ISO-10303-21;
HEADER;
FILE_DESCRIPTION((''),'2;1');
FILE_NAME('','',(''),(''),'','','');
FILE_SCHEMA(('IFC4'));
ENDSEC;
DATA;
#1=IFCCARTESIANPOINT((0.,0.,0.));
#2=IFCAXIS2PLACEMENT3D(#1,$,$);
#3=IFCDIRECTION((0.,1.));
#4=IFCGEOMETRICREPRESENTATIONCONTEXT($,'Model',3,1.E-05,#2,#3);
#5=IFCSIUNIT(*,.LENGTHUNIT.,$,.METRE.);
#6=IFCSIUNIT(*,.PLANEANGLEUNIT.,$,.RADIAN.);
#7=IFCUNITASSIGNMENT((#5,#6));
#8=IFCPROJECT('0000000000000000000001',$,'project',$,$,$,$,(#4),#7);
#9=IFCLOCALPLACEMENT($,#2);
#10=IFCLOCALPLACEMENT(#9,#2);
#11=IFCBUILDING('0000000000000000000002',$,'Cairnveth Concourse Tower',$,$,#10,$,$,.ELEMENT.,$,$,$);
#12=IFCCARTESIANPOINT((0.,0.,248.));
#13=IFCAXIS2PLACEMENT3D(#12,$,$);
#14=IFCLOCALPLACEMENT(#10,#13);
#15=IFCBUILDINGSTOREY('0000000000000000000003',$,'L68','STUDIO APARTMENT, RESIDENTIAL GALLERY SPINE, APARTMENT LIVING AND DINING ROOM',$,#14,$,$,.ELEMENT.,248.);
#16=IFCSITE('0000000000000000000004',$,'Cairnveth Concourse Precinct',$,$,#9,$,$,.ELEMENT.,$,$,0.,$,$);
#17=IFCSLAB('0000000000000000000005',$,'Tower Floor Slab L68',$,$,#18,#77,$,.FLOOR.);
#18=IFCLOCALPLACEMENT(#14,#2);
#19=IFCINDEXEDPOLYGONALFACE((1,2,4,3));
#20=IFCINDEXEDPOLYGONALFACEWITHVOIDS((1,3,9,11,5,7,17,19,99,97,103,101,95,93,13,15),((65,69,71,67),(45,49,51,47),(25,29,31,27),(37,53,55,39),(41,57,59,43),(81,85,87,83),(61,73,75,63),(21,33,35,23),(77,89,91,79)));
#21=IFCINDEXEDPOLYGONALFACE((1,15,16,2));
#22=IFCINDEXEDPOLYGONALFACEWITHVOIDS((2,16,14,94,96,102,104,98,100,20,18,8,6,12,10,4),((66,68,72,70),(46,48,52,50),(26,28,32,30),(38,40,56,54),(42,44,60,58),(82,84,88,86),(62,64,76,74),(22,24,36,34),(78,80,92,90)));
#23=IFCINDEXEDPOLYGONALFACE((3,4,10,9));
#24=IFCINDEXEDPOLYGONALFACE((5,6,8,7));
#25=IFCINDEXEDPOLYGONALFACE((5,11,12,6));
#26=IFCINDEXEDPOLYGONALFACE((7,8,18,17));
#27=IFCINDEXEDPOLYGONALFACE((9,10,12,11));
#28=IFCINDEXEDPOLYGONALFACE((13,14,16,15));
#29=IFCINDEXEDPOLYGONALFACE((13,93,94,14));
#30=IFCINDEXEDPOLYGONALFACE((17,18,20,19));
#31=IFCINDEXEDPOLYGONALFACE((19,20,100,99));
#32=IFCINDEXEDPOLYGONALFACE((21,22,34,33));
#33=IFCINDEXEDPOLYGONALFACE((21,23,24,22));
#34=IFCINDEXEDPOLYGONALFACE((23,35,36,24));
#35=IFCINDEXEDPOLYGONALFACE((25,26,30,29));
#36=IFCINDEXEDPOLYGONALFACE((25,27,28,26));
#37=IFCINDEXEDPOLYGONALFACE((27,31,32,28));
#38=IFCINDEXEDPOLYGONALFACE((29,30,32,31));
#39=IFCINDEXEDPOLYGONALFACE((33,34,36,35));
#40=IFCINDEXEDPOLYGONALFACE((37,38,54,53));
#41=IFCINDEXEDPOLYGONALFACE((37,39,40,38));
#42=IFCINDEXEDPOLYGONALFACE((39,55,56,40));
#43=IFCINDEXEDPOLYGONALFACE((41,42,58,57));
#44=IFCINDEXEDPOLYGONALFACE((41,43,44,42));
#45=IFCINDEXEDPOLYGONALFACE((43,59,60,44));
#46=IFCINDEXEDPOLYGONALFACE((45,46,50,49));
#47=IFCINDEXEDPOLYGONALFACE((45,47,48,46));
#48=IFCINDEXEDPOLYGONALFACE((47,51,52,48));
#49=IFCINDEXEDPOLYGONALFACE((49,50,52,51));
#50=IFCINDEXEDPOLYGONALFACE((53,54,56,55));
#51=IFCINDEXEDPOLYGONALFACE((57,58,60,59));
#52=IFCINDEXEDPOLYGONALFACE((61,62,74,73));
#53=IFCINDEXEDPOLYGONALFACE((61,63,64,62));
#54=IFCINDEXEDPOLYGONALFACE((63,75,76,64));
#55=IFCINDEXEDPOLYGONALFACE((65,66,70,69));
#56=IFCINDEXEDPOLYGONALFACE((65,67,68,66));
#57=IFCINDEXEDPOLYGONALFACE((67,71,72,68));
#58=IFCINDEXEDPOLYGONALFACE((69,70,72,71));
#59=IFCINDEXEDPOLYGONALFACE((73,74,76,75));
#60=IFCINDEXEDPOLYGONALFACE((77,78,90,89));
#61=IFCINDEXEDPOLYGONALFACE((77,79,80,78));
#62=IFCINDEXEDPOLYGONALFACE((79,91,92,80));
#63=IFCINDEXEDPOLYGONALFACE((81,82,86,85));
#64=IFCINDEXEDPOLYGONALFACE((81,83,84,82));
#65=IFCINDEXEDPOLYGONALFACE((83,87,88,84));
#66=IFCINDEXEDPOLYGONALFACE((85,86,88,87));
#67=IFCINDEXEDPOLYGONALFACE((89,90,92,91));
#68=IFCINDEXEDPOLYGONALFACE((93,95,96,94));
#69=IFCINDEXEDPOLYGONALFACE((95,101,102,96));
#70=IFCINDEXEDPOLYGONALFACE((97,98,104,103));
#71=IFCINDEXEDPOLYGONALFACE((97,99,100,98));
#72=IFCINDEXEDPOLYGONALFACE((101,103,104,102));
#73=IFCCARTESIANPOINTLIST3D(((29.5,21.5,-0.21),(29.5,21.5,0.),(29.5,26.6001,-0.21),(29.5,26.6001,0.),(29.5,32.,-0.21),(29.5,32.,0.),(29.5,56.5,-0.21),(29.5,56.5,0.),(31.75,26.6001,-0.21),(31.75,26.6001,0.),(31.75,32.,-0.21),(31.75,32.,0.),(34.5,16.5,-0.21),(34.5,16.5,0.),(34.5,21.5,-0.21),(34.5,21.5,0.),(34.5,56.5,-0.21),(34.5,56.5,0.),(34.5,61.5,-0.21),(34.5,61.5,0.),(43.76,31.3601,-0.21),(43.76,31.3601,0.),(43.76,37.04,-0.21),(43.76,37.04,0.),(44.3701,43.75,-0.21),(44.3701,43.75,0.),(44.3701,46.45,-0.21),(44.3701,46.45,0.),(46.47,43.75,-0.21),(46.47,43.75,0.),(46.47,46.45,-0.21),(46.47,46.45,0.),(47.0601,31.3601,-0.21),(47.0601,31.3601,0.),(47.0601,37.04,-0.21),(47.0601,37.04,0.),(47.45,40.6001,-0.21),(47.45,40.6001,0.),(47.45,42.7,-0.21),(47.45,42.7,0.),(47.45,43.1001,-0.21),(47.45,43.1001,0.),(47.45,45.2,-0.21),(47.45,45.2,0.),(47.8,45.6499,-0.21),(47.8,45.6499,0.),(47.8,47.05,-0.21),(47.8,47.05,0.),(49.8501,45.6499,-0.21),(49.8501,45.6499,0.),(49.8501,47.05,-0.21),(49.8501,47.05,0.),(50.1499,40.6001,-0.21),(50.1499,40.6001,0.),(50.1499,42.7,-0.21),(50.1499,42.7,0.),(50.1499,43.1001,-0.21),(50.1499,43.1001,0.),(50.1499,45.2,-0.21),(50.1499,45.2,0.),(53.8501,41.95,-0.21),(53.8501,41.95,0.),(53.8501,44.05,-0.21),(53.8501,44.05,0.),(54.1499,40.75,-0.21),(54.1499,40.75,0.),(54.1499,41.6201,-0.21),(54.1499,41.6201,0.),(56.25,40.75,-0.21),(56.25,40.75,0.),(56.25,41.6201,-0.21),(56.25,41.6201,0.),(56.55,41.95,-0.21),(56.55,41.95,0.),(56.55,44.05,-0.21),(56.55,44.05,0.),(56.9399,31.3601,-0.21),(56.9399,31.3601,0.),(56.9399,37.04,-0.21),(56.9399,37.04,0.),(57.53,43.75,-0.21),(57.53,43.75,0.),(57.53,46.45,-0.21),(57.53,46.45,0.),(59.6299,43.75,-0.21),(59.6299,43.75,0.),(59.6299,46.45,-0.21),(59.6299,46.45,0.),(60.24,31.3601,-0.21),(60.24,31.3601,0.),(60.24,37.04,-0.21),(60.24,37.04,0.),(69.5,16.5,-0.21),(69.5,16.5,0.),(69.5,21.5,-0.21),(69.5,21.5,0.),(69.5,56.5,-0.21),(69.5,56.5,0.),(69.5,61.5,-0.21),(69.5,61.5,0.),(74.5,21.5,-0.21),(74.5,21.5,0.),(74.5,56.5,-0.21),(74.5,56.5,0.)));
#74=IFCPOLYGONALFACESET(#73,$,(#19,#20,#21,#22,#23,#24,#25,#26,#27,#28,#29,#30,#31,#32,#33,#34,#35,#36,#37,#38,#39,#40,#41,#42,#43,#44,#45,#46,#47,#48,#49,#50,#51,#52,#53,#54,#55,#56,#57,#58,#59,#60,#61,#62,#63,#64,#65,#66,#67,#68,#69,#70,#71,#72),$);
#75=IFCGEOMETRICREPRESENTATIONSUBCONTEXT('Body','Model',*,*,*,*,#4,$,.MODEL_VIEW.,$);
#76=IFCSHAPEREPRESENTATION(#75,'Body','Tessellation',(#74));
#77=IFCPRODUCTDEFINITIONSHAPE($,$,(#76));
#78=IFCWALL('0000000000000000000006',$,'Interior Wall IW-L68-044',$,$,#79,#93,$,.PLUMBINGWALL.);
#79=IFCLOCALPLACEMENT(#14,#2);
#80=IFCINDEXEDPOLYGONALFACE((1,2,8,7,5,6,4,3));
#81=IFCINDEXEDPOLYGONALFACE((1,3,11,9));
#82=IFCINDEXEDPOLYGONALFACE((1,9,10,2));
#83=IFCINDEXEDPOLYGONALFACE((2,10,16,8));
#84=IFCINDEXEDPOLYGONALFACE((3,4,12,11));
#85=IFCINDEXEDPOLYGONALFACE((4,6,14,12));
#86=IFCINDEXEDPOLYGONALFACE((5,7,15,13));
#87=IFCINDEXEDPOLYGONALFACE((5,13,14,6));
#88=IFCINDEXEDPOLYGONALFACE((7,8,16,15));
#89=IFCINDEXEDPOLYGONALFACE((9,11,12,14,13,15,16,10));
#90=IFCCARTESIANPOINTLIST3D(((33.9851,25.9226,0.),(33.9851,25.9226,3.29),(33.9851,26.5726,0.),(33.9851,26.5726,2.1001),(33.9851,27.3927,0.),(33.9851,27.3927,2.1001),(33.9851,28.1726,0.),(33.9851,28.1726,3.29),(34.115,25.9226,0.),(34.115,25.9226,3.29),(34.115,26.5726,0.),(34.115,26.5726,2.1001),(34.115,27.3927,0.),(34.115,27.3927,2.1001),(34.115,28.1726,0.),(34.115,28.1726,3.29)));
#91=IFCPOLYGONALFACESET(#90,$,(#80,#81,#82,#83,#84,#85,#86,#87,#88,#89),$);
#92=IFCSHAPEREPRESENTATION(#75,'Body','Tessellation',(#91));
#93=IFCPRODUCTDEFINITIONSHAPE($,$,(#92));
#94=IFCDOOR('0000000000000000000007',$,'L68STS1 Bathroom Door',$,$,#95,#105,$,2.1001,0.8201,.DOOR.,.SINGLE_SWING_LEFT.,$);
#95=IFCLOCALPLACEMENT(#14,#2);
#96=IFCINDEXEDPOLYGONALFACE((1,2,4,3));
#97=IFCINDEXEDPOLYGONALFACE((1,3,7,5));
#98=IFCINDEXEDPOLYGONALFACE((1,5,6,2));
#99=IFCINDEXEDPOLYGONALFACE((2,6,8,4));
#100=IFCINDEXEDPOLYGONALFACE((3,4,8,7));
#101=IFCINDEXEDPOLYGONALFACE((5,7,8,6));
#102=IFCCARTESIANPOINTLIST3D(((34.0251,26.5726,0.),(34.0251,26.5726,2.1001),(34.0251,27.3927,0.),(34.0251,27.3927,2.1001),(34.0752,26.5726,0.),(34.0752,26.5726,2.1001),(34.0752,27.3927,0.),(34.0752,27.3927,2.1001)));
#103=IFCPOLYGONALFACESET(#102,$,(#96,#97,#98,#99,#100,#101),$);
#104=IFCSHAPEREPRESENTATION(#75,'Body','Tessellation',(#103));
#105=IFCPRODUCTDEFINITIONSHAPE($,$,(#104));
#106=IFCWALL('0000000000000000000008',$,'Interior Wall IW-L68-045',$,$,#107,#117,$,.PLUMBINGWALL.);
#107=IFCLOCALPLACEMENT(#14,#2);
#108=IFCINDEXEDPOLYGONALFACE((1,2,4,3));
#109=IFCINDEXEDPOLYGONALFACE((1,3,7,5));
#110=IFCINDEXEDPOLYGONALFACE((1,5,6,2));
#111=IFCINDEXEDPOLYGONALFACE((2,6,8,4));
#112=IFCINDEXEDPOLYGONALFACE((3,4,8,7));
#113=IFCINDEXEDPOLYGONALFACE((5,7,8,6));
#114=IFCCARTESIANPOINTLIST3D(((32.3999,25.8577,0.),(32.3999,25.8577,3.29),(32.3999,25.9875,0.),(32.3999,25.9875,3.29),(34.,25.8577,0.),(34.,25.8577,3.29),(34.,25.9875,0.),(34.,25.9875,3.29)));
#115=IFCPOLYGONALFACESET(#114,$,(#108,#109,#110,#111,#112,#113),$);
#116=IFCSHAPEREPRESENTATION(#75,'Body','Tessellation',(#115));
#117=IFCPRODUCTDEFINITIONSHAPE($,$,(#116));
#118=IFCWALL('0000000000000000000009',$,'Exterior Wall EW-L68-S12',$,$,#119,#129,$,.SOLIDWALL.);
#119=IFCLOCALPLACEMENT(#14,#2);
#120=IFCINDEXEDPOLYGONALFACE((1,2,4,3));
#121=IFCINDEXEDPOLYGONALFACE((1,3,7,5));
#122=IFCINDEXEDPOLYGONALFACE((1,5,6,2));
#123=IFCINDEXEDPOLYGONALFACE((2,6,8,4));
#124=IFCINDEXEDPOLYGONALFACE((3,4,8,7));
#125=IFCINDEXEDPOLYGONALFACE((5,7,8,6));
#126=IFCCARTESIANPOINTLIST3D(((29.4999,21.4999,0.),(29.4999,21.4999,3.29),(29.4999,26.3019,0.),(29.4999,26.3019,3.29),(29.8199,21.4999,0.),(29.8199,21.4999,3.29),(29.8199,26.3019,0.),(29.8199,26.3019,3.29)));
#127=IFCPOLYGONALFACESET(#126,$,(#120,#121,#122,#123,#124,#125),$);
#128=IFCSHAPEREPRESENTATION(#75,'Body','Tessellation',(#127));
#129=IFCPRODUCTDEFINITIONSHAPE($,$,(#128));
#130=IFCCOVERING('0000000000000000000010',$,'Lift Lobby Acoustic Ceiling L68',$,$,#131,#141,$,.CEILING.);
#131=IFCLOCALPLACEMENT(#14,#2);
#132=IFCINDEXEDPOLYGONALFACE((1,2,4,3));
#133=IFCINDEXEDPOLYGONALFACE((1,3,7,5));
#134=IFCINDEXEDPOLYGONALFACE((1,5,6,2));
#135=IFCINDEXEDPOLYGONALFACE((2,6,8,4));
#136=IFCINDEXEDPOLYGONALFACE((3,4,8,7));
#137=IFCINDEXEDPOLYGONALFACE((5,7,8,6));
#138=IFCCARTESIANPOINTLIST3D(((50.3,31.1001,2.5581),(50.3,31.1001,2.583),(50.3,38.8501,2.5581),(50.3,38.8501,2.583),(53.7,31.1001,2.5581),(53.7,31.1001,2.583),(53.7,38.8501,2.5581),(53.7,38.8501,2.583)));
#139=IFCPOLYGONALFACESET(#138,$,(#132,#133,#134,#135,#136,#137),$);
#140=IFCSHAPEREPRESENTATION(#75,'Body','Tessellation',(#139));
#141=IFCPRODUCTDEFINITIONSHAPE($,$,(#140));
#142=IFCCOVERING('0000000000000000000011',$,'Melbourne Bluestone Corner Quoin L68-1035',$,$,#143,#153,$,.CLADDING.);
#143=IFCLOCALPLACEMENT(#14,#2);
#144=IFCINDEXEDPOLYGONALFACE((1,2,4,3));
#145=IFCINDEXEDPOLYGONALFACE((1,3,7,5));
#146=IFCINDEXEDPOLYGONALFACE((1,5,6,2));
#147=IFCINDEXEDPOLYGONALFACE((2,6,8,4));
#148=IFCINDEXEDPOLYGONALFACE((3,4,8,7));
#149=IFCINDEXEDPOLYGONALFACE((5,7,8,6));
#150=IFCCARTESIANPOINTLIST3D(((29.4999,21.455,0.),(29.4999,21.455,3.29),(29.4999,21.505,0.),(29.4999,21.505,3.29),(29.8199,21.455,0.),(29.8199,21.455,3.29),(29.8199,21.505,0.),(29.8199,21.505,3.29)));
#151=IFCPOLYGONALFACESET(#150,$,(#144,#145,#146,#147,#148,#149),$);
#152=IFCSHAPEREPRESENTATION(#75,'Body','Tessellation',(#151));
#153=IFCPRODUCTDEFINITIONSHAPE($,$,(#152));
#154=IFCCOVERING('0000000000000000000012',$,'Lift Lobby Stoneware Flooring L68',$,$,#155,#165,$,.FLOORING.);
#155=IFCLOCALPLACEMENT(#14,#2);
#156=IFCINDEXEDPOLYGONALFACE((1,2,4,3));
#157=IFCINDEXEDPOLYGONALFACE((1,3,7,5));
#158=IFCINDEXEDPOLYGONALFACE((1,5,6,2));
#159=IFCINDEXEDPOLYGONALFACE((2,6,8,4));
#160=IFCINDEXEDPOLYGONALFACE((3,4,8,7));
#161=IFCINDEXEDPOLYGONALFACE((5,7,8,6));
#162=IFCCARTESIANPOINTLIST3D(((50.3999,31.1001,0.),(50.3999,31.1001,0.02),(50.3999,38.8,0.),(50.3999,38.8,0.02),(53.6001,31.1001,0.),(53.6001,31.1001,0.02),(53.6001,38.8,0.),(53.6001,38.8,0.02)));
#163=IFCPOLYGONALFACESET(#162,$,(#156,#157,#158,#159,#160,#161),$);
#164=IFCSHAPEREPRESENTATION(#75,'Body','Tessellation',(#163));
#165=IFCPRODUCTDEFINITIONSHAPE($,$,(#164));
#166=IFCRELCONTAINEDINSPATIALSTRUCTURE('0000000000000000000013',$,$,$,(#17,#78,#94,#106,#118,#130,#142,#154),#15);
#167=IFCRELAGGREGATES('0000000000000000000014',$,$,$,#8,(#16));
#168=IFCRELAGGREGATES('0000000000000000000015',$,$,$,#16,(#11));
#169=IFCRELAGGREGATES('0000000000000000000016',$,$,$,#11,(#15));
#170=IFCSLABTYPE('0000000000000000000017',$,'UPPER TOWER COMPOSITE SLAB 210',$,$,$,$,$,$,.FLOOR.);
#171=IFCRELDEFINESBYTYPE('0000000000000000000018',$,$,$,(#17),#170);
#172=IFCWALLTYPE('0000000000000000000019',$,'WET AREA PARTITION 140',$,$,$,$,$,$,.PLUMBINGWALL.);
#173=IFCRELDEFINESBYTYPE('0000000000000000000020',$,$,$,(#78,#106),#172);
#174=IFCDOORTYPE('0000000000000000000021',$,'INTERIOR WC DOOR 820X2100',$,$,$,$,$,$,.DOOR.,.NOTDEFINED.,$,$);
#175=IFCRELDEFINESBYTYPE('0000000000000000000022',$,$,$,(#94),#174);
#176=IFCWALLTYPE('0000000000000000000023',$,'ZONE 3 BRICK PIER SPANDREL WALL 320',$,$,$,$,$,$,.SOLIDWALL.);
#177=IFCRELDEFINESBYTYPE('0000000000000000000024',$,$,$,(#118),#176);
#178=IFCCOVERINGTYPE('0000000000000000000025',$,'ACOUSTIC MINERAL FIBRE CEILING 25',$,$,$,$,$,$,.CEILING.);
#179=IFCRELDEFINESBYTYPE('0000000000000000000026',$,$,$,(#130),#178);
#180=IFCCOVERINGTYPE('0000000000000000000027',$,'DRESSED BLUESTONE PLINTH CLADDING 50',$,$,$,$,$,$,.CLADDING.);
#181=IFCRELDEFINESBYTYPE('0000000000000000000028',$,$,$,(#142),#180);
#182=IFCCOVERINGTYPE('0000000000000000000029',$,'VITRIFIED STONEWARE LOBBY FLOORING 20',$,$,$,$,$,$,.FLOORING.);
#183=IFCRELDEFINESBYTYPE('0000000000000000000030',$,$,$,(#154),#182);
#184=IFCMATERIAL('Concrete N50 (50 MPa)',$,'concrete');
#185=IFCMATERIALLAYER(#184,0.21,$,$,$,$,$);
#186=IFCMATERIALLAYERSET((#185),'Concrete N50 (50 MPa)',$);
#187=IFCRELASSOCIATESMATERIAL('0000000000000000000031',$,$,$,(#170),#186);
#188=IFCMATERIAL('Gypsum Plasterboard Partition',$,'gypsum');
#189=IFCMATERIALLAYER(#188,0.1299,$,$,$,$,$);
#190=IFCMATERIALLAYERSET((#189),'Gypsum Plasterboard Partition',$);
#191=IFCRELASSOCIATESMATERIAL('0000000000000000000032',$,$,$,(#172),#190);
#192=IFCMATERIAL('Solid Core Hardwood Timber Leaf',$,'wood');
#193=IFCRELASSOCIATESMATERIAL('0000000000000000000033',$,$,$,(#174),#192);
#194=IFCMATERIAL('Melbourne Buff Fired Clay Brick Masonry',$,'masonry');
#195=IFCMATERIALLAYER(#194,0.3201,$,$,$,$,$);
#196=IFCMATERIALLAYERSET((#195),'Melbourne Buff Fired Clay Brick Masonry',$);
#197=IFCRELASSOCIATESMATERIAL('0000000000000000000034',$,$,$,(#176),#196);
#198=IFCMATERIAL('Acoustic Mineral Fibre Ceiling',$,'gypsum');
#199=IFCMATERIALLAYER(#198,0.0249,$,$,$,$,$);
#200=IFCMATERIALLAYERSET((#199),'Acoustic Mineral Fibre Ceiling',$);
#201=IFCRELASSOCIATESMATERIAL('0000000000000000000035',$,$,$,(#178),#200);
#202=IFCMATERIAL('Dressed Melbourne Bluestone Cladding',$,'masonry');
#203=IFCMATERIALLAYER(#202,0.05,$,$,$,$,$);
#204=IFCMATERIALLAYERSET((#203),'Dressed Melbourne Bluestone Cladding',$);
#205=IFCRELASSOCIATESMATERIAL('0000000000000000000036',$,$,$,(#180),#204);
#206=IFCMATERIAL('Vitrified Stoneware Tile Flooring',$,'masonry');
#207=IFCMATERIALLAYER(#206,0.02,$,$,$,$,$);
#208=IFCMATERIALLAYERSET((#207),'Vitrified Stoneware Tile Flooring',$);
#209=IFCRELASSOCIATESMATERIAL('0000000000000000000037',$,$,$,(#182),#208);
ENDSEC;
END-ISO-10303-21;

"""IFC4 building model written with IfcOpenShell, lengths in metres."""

from ifc_helpers import new_model, si_unit, direction, frame, frame_2d, origin, place, context, subcontext, project, spatial, polyline, rectangle, outline, extrude, material, layer, layer_set, type_object, element, fill, save


model = new_model("IFC4")

# Units and contexts
model_context = context("Model", 3, precision=1e-05, world=origin(), true_north=direction((0.0, 1.0)))
body_context = subcontext(model_context, "Body", "Model", "MODEL_VIEW")
ifc_project = project(units=[si_unit("LENGTHUNIT", "METRE"), si_unit("PLANEANGLEUNIT", "RADIAN")], contexts=[model_context])

# Site, building, storey
site_placement = place(None, origin())
site = spatial("IfcSite", under=ifc_project, at=site_placement, Name="Cairnveth Concourse Precinct", CompositionType="ELEMENT", RefElevation=0.0)
building_placement = place(site_placement, origin())
building = spatial("IfcBuilding", under=site, at=building_placement, Name="Cairnveth Concourse Tower", CompositionType="ELEMENT")
storey_placement = place(building_placement, frame((0.0, 0.0, 248.0)))
storey = spatial("IfcBuildingStorey", under=building, at=storey_placement, Name="L68", Description="STUDIO APARTMENT, RESIDENTIAL GALLERY SPINE, APARTMENT LIVING AND DINING ROOM", CompositionType="ELEMENT", Elevation=248.0)

# Shared definitions
ifc_material_1 = material(Name="Concrete N50 (50 MPa)", Category="concrete")

# Slab
ifc_layer_1 = layer(ifc_material_1, 0.21)
ifc_layer_set_1 = layer_set([ifc_layer_1], Name="Concrete N50 (50 MPa)")
slab_type_1 = type_object("IfcSlabType", Name="UPPER TOWER COMPOSITE SLAB 210", PredefinedType="FLOOR", material=ifc_layer_set_1)
slab_1_placement = place(storey_placement, frame((0.0, 0.0, -0.21)))
element("IfcSlab", 1, at=slab_1_placement, inside=storey, type_object=slab_type_1, Name="Tower Floor Slab L68", PredefinedType="FLOOR", context=body_context, shape_type="SweptSolid", body=[
    extrude(outline(polyline([(29.5, 32.0), (31.75, 32.0), (31.75, 26.6001), (29.5, 26.6001), (29.5, 21.5), (34.5, 21.5), (34.5, 16.5), (69.5, 16.5), (69.5, 21.5), (74.5, 21.5), (74.5, 56.5), (69.5, 56.5), (69.5, 61.5), (34.5, 61.5), (34.5, 56.5), (29.5, 56.5), (29.5, 32.0)]), holes=[polyline([(43.76, 31.3601), (47.0601, 31.3601), (47.0601, 37.04), (43.76, 37.04), (43.76, 31.3601)]), polyline([(56.9399, 31.3601), (60.24, 31.3601), (60.24, 37.04), (56.9399, 37.04), (56.9399, 31.3601)]), polyline([(44.3701, 43.75), (46.47, 43.75), (46.47, 46.45), (44.3701, 46.45), (44.3701, 43.75)]), polyline([(57.53, 43.75), (59.6299, 43.75), (59.6299, 46.45), (57.53, 46.45), (57.53, 43.75)]), polyline([(47.45, 40.6001), (50.1499, 40.6001), (50.1499, 42.7), (47.45, 42.7), (47.45, 40.6001)]), polyline([(47.45, 43.1001), (50.1499, 43.1001), (50.1499, 45.2), (47.45, 45.2), (47.45, 43.1001)]), polyline([(53.8501, 41.95), (56.55, 41.95), (56.55, 44.05), (53.8501, 44.05), (53.8501, 41.95)]), polyline([(47.8, 45.6499), (49.8501, 45.6499), (49.8501, 47.05), (47.8, 47.05), (47.8, 45.6499)]), polyline([(54.1499, 40.75), (56.25, 40.75), (56.25, 41.6201), (54.1499, 41.6201), (54.1499, 40.75)])]), origin(), (0.0, 0.0, 1.0), 0.21),
])

# Wall, opening, door
ifc_material_2 = material(Name="Gypsum Plasterboard Partition", Category="gypsum")
ifc_layer_2 = layer(ifc_material_2, 0.1299)
ifc_layer_set_2 = layer_set([ifc_layer_2], Name="Gypsum Plasterboard Partition")
wall_type_1 = type_object("IfcWallType", Name="WET AREA PARTITION 140", PredefinedType="PLUMBINGWALL", material=ifc_layer_set_2)
wall_1_placement = place(storey_placement, frame((34.05, 25.9226, 0.0), z_axis=(0.0, 0.0, 1.0), x_axis=(0.0, 1.0, 0.0)))
wall_1 = element("IfcWall", 2, at=wall_1_placement, inside=storey, type_object=wall_type_1, Name="Interior Wall IW-L68-044", PredefinedType="PLUMBINGWALL", context=body_context, shape_type="SweptSolid", body=[
    extrude(rectangle(XDim=2.25, YDim=0.1299, at=frame_2d((1.125, 0.0))), origin(), (0.0, 0.0, 1.0), 3.29),
])
opening_placement = place(wall_1_placement, frame((0.6499, 0.0, 0.0)))
opening = element("IfcOpeningElement", 3, at=opening_placement, cuts=wall_1, PredefinedType="OPENING", context=body_context, shape_type="SweptSolid", body=[
    extrude(rectangle(XDim=0.8201, YDim=2.1001, at=frame_2d((0.4102, 1.05))), frame((0.0, 0.075, 0.0), z_axis=(0.0, -1.0, 0.0), x_axis=(1.0, 0.0, 0.0)), (0.0, 0.0, 1.0), 0.1499),
])
ifc_material_3 = material(Name="Solid Core Hardwood Timber Leaf", Category="wood")
door_type = type_object("IfcDoorType", Name="INTERIOR WC DOOR 820X2100", OperationType="NOTDEFINED", PredefinedType="DOOR", material=ifc_material_3)
door_placement = place(opening_placement, origin())
door = element("IfcDoor", 4, at=door_placement, inside=storey, type_object=door_type, Name="L68STS1 Bathroom Door", OperationType="SINGLE_SWING_LEFT", OverallHeight=2.1001, OverallWidth=0.8201, PredefinedType="DOOR", context=body_context, shape_type="SweptSolid", body=[
    extrude(rectangle(XDim=0.8201, YDim=2.1001, at=frame_2d((0.4102, 1.05))), frame((0.0, 0.0249, 0.0), z_axis=(0.0, -1.0, 0.0), x_axis=(1.0, 0.0, 0.0)), (0.0, 0.0, 1.0), 0.05),
])
fill(opening, door)

# Walls
wall_2_placement = place(storey_placement, frame((32.3999, 25.9226, 0.0), z_axis=(0.0, 0.0, 1.0), x_axis=(1.0, 0.0, 0.0)))
element("IfcWall", 5, at=wall_2_placement, inside=storey, type_object=wall_type_1, Name="Interior Wall IW-L68-045", PredefinedType="PLUMBINGWALL", context=body_context, shape_type="SweptSolid", body=[
    extrude(rectangle(XDim=1.6001, YDim=0.1299, at=frame_2d((0.8, 0.0))), origin(), (0.0, 0.0, 1.0), 3.29),
])
ifc_material_4 = material(Name="Melbourne Buff Fired Clay Brick Masonry", Category="masonry")
ifc_layer_3 = layer(ifc_material_4, 0.3201)
ifc_layer_set_3 = layer_set([ifc_layer_3], Name="Melbourne Buff Fired Clay Brick Masonry")
wall_type_2 = type_object("IfcWallType", Name="ZONE 3 BRICK PIER SPANDREL WALL 320", PredefinedType="SOLIDWALL", material=ifc_layer_set_3)
wall_3_placement = place(storey_placement, frame((29.6599, 21.5, 0.0), z_axis=(0.0, 0.0, 1.0), x_axis=(0.0, 1.0, 0.0)))
element("IfcWall", 6, at=wall_3_placement, inside=storey, type_object=wall_type_2, Name="Exterior Wall EW-L68-S12", PredefinedType="SOLIDWALL", context=body_context, shape_type="SweptSolid", body=[
    extrude(rectangle(XDim=4.802, YDim=0.3201, at=frame_2d((2.4009, 0.0))), origin(), (0.0, 0.0, 1.0), 3.29),
])

# Coverings
ifc_material_5 = material(Name="Acoustic Mineral Fibre Ceiling", Category="gypsum")
ifc_layer_4 = layer(ifc_material_5, 0.0249)
ifc_layer_set_4 = layer_set([ifc_layer_4], Name="Acoustic Mineral Fibre Ceiling")
covering_type_1 = type_object("IfcCoveringType", Name="ACOUSTIC MINERAL FIBRE CEILING 25", PredefinedType="CEILING", material=ifc_layer_set_4)
covering_1_placement = place(storey_placement, frame((0.0, 0.0, 2.5581)))
element("IfcCovering", 7, at=covering_1_placement, inside=storey, type_object=covering_type_1, Name="Lift Lobby Acoustic Ceiling L68", PredefinedType="CEILING", context=body_context, shape_type="SweptSolid", body=[
    extrude(outline(polyline([(50.3, 31.1001), (53.7, 31.1001), (53.7, 38.8501), (50.3, 38.8501), (50.3, 31.1001)])), origin(), (0.0, 0.0, 1.0), 0.0249),
])
ifc_material_6 = material(Name="Dressed Melbourne Bluestone Cladding", Category="masonry")
ifc_layer_5 = layer(ifc_material_6, 0.05)
ifc_layer_set_5 = layer_set([ifc_layer_5], Name="Dressed Melbourne Bluestone Cladding")
covering_type_2 = type_object("IfcCoveringType", Name="DRESSED BLUESTONE PLINTH CLADDING 50", PredefinedType="CLADDING", material=ifc_layer_set_5)
covering_2_placement = place(storey_placement, frame((29.8201, 21.48, 0.0), z_axis=(0.0, 0.0, 1.0), x_axis=(-1.0, 0.0, 0.0)))
element("IfcCovering", 8, at=covering_2_placement, inside=storey, type_object=covering_type_2, Name="Melbourne Bluestone Corner Quoin L68-1035", PredefinedType="CLADDING", context=body_context, shape_type="SweptSolid", body=[
    extrude(rectangle(XDim=0.3201, YDim=0.05, at=frame_2d((0.1602, 0.0))), origin(), (0.0, 0.0, 1.0), 3.29),
])
ifc_material_7 = material(Name="Vitrified Stoneware Tile Flooring", Category="masonry")
ifc_layer_6 = layer(ifc_material_7, 0.02)
ifc_layer_set_6 = layer_set([ifc_layer_6], Name="Vitrified Stoneware Tile Flooring")
covering_type_3 = type_object("IfcCoveringType", Name="VITRIFIED STONEWARE LOBBY FLOORING 20", PredefinedType="FLOORING", material=ifc_layer_set_6)
covering_3_placement = place(storey_placement, origin())
element("IfcCovering", 9, at=covering_3_placement, inside=storey, type_object=covering_type_3, Name="Lift Lobby Stoneware Flooring L68", PredefinedType="FLOORING", context=body_context, shape_type="SweptSolid", body=[
    extrude(outline(polyline([(50.3999, 31.1001), (53.6001, 31.1001), (53.6001, 38.8), (50.3999, 38.8), (50.3999, 31.1001)])), origin(), (0.0, 0.0, 1.0), 0.02),
])

save(model, "model.ifc")
